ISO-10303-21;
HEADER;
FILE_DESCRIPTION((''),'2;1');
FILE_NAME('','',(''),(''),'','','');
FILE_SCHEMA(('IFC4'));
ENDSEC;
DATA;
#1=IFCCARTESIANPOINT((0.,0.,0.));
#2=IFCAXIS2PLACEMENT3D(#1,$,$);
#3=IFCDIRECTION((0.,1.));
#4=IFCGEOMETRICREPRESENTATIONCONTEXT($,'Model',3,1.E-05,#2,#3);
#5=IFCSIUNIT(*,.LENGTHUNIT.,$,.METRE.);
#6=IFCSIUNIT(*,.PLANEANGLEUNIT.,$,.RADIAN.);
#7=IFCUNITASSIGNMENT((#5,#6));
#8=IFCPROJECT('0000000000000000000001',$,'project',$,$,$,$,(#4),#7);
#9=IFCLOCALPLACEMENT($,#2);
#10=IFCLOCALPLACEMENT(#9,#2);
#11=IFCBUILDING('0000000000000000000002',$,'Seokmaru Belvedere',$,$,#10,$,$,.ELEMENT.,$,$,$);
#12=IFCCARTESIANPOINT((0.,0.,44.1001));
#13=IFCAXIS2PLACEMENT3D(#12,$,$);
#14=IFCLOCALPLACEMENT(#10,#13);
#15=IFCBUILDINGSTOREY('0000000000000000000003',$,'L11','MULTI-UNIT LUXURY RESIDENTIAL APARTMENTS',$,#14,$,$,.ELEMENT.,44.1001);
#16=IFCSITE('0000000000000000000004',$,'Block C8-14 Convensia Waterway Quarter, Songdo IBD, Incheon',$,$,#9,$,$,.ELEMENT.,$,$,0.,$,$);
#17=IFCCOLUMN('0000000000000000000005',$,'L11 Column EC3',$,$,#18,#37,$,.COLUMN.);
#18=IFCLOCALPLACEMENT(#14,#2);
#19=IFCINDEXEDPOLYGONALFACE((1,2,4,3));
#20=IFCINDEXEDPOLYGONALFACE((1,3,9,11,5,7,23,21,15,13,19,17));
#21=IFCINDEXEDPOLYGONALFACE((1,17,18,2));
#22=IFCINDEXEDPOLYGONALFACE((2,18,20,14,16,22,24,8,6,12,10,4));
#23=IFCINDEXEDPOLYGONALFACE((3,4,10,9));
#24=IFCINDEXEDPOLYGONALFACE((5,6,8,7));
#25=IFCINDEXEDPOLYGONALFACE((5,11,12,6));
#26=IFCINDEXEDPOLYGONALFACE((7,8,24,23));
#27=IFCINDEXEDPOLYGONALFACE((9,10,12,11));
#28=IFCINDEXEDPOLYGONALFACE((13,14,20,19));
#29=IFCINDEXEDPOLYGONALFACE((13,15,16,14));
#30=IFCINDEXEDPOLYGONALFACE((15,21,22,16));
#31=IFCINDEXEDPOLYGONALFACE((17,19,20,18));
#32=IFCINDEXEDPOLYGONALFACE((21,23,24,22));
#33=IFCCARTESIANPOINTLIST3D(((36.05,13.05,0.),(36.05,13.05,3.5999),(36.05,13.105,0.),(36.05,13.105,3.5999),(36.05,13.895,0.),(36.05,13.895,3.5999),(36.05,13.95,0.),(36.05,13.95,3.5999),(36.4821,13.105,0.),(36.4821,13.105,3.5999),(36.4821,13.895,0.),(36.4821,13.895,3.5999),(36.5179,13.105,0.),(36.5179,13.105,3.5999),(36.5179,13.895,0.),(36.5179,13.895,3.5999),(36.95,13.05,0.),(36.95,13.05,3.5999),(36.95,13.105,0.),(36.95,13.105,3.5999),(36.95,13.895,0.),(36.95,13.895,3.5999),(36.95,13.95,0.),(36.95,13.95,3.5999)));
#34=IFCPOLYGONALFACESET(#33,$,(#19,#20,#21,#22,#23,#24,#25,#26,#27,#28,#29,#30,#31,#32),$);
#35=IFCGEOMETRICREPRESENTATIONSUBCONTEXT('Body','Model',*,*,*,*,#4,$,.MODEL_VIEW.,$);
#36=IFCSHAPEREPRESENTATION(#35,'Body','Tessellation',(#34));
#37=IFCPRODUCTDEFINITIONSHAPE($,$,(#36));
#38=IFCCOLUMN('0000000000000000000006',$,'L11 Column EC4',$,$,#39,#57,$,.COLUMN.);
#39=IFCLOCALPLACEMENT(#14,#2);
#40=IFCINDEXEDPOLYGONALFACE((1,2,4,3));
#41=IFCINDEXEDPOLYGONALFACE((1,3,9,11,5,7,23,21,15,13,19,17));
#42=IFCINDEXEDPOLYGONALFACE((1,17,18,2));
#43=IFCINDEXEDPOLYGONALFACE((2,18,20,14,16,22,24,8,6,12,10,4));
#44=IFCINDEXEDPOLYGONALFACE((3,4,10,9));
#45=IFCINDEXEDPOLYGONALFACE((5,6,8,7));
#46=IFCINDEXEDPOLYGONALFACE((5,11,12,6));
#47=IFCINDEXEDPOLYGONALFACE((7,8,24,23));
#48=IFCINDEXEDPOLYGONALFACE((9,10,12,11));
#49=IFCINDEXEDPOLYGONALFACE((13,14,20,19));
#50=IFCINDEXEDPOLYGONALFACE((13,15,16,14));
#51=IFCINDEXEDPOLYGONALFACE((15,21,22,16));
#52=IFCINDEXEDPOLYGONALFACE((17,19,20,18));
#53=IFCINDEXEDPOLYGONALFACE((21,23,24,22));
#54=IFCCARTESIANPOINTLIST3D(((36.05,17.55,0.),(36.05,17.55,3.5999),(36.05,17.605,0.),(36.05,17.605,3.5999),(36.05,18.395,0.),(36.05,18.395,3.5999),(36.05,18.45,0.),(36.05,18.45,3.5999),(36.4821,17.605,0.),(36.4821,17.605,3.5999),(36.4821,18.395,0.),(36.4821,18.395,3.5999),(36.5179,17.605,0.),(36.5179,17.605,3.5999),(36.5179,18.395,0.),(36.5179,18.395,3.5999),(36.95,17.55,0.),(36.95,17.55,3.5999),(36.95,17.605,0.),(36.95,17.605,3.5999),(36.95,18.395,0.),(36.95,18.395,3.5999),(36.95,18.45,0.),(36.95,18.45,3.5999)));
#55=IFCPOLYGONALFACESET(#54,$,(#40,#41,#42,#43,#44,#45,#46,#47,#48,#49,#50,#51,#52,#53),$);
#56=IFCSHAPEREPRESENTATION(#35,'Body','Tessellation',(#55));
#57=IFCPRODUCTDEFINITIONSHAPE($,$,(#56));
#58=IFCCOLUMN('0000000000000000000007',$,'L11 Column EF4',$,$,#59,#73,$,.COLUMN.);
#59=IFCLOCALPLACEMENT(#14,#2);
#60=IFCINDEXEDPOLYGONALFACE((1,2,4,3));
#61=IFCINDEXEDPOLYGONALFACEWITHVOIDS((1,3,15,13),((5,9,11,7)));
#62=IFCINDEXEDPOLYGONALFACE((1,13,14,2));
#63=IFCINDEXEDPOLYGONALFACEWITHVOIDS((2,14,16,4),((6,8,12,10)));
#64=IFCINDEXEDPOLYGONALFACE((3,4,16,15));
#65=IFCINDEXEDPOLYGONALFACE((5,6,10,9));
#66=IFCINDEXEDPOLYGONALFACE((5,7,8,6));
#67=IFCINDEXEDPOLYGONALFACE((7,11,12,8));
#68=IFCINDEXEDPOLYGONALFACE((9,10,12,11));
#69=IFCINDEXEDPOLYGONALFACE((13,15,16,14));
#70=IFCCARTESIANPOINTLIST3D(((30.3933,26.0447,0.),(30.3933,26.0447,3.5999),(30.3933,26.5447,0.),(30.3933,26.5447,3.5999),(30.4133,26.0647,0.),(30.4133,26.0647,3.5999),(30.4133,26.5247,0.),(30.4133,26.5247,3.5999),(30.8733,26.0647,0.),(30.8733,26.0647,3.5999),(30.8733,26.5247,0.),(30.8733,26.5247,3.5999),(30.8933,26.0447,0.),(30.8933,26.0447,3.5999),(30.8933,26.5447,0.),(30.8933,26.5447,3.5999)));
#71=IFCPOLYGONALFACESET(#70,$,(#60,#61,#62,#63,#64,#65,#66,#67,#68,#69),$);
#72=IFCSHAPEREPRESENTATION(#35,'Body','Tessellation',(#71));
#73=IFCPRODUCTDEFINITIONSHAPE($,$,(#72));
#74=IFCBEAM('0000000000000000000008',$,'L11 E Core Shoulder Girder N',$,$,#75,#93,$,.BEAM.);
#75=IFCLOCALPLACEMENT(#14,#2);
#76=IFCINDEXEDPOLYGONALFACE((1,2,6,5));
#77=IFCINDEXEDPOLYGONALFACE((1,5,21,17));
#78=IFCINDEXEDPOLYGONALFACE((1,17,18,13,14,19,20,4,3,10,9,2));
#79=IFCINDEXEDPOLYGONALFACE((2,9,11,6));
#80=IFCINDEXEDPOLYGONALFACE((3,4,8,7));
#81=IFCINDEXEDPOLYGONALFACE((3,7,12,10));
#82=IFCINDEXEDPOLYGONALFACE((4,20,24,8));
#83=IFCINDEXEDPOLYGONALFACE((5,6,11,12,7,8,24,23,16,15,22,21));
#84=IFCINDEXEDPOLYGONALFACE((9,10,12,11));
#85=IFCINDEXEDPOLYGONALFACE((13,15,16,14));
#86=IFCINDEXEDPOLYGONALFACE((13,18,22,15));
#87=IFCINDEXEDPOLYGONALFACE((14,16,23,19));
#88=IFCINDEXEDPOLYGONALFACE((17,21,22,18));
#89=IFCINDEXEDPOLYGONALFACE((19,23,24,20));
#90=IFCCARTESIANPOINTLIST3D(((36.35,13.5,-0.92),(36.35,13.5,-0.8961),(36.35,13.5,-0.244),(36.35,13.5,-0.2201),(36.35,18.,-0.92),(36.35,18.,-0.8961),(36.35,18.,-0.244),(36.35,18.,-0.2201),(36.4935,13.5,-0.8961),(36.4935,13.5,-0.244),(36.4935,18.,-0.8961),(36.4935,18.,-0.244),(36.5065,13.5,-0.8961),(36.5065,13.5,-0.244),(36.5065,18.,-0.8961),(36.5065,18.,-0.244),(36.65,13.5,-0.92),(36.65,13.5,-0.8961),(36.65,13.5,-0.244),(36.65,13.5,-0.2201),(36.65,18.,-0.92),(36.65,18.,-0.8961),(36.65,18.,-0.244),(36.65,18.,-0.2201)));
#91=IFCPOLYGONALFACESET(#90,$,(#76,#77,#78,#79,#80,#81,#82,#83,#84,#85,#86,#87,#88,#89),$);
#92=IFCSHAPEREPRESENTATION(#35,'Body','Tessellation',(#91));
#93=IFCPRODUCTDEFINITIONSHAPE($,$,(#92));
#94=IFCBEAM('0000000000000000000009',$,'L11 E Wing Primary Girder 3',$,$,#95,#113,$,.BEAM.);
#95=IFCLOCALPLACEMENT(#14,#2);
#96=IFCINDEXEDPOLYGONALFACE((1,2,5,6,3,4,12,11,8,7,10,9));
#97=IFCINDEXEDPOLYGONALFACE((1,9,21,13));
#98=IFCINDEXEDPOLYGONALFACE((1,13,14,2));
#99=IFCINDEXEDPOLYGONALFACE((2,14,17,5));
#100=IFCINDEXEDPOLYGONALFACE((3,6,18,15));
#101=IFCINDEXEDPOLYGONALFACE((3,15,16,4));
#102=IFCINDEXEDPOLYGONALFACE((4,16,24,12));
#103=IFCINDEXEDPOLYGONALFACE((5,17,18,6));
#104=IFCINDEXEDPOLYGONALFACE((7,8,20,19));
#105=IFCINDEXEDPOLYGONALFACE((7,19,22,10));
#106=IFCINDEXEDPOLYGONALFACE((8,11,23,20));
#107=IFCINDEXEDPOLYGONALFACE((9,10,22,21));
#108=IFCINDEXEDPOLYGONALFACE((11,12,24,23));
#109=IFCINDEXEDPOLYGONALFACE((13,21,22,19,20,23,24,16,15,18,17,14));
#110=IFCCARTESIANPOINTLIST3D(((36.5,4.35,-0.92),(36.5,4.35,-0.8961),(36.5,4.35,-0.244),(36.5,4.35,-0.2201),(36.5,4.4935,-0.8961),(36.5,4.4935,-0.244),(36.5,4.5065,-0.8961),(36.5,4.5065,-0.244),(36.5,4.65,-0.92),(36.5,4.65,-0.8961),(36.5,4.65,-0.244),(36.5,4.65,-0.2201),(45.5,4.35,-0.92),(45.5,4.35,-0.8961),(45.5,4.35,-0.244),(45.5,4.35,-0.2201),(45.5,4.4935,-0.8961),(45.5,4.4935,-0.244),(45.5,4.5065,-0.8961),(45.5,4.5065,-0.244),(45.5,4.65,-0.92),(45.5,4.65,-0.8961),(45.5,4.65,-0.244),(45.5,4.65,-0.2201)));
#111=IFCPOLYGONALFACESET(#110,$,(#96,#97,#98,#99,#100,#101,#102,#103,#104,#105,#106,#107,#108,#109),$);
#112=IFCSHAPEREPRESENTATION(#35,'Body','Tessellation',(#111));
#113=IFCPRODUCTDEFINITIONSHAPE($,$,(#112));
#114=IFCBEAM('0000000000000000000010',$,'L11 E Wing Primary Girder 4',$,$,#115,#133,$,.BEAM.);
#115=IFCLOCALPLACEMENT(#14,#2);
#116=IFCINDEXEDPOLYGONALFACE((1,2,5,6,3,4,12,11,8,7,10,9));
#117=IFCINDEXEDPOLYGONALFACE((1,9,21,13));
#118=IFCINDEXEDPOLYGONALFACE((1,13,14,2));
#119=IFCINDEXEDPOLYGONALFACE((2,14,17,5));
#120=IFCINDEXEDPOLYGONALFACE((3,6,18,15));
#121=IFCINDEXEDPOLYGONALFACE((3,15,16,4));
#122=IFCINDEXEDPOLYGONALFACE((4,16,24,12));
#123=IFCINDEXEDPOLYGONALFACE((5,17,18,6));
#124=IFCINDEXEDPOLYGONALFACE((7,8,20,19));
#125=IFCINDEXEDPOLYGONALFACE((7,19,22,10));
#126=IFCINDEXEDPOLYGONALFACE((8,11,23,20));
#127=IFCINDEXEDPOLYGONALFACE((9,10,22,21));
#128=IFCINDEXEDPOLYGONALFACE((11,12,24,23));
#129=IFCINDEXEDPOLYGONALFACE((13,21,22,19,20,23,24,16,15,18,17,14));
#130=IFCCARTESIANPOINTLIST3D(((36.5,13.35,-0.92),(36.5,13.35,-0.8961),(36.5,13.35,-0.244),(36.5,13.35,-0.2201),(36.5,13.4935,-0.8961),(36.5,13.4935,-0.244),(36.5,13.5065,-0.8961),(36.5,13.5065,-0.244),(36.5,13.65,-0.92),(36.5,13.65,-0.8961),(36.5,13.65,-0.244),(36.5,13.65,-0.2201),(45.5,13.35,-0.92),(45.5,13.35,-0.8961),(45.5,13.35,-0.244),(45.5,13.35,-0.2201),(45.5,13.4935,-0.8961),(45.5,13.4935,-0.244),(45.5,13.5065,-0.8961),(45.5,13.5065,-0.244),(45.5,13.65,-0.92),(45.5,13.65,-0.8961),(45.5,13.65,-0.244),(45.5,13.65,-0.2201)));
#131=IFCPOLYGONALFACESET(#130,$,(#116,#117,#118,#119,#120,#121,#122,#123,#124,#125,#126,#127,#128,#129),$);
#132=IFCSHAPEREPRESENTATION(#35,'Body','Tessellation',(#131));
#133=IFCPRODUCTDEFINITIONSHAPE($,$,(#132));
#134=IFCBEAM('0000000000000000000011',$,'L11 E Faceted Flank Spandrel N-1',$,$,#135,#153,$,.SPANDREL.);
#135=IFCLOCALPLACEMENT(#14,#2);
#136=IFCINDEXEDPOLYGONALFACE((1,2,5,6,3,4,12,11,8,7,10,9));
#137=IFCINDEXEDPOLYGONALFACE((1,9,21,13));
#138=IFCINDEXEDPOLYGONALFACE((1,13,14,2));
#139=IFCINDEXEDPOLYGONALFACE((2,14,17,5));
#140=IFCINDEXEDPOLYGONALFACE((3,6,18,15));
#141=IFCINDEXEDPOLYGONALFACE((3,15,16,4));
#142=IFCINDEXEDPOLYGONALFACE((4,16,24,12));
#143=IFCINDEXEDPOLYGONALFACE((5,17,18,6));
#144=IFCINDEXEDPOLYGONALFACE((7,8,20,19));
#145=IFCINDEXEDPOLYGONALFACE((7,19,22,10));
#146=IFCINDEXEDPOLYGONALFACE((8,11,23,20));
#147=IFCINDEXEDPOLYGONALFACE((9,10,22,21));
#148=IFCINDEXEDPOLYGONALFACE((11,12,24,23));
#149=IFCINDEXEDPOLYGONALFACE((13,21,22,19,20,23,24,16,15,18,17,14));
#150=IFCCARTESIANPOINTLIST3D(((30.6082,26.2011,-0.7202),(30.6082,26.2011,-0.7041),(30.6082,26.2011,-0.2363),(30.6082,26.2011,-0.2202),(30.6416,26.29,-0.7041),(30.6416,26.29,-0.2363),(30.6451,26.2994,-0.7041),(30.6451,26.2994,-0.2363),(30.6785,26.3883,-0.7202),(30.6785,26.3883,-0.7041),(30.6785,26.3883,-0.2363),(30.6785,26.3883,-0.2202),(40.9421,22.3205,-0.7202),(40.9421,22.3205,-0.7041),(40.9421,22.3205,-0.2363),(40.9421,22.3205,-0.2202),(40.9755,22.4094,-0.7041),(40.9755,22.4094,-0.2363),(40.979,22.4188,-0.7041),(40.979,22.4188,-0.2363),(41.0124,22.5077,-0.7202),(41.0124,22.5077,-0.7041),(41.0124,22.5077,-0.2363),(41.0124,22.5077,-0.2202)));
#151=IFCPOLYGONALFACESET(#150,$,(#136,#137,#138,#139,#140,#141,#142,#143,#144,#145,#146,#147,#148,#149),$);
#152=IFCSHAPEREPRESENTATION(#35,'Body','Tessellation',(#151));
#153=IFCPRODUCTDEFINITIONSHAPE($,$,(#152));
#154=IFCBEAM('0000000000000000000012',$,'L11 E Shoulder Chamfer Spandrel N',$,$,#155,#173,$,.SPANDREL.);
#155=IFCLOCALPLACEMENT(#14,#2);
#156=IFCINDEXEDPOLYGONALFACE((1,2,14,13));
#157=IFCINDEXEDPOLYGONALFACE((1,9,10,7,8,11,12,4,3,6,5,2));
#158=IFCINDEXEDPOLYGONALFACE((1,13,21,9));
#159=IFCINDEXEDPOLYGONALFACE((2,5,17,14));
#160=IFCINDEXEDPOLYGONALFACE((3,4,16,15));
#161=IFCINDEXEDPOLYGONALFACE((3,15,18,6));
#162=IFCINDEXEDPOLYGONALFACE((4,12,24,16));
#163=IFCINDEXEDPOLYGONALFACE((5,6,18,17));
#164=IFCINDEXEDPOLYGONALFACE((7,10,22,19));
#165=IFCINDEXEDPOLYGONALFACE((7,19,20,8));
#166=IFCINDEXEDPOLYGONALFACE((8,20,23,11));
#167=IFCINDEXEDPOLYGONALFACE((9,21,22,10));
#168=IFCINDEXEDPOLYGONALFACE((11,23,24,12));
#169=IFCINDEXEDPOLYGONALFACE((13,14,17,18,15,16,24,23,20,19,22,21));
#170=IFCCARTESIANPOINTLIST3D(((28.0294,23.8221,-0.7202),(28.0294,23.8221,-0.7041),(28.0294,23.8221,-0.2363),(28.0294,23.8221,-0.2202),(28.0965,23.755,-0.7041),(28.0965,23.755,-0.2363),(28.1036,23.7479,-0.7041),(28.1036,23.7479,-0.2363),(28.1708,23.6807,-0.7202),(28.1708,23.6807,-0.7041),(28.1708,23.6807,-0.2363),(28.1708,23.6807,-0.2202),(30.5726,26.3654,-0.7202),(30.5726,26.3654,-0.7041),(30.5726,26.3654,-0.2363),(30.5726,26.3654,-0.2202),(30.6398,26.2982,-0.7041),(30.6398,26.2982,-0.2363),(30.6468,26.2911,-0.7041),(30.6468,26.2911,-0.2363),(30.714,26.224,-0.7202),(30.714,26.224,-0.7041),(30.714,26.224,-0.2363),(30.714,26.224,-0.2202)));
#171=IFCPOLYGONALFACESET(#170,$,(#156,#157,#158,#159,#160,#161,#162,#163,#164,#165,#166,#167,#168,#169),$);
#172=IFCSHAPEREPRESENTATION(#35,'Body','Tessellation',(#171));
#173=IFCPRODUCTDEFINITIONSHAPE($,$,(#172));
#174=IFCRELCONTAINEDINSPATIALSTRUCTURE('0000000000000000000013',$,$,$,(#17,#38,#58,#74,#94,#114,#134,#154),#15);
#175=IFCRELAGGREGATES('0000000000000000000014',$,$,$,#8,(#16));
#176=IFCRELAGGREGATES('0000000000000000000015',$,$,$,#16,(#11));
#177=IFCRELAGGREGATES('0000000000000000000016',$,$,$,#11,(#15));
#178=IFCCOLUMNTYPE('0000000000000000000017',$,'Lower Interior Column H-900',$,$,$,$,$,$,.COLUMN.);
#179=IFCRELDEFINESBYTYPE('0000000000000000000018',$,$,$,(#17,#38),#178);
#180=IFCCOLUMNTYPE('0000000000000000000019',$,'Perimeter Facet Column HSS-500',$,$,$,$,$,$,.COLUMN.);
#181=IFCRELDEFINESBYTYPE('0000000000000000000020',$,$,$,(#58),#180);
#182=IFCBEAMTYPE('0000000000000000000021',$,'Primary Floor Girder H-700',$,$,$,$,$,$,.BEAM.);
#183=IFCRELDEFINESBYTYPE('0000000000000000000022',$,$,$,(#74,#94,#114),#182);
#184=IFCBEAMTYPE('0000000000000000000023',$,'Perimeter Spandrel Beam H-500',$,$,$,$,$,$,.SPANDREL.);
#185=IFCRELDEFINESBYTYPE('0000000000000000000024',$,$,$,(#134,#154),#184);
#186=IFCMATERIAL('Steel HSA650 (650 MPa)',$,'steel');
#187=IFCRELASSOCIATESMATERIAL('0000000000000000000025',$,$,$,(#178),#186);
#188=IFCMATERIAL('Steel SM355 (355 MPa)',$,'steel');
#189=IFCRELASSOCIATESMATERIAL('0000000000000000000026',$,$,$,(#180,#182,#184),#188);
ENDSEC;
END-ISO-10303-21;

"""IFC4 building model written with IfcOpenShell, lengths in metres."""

from ifc_helpers import new_model, si_unit, direction, frame, origin, origin_2d, place, context, subcontext, project, spatial, hollow_rectangle, i_section, extrude, source, transform, mapped, material, material_profile, profile_set, type_object, type_shapes, element, save


model = new_model("IFC4")

# Units and contexts
model_context = context("Model", 3, precision=1e-05, world=origin(), true_north=direction((0.0, 1.0)))
body_context = subcontext(model_context, "Body", "Model", "MODEL_VIEW")
ifc_project = project(units=[si_unit("LENGTHUNIT", "METRE"), si_unit("PLANEANGLEUNIT", "RADIAN")], contexts=[model_context])

# Site, building, storey
site_placement = place(None, origin())
site = spatial("IfcSite", under=ifc_project, at=site_placement, Name="Block C8-14 Convensia Waterway Quarter, Songdo IBD, Incheon", CompositionType="ELEMENT", RefElevation=0.0)
building_placement = place(site_placement, origin())
building = spatial("IfcBuilding", under=site, at=building_placement, Name="Seokmaru Belvedere", CompositionType="ELEMENT")
storey_placement = place(building_placement, frame((0.0, 0.0, 44.1001)))
storey = spatial("IfcBuildingStorey", under=building, at=storey_placement, Name="L11", Description="MULTI-UNIT LUXURY RESIDENTIAL APARTMENTS", CompositionType="ELEMENT", Elevation=44.1001)

# Columns
ifc_material_1 = material(Name="Steel HSA650 (650 MPa)", Category="steel")
ifc_material_profile_1 = material_profile(ifc_material_1, i_section(OverallWidth=0.8999, OverallDepth=0.8999, WebThickness=0.0359, FlangeThickness=0.0549, at=origin_2d()), Name="H-900x900x36x55")
ifc_profile_set_1 = profile_set([ifc_material_profile_1], Name="Steel HSA650 (650 MPa)")
column_type_1 = type_object("IfcColumnType", Name="Lower Interior Column H-900", PredefinedType="COLUMN", material=ifc_profile_set_1)
shared_shape_1 = source(origin(), body_context, "Body", "SweptSolid", [
    extrude(i_section(OverallWidth=0.8999, OverallDepth=0.8999, WebThickness=0.0359, FlangeThickness=0.0549, at=origin_2d()), origin(), (0.0, 0.0, 1.0), 3.5999),
])
type_shapes(column_type_1, [shared_shape_1])
for number, where, z_axis, x_axis, name in (
    (1, (36.5, 13.5, 0.0), (0.0, 0.0, 1.0), (1.0, 0.0, 0.0), "L11 Column EC3"),
    (2, (36.5, 18.0, 0.0), (0.0, 0.0, 1.0), (1.0, 0.0, 0.0), "L11 Column EC4"),
):
    element("IfcColumn", number, at=place(storey_placement, frame(where, z_axis=z_axis, x_axis=x_axis)), inside=storey, type_object=column_type_1, Name=name, PredefinedType="COLUMN", context=body_context, shape_type="MappedRepresentation", body=[
        mapped(shared_shape_1, transform((0.0, 0.0, 0.0), scale=1.0)),
    ])
ifc_material_2 = material(Name="Steel SM355 (355 MPa)", Category="steel")
ifc_material_profile_2 = material_profile(ifc_material_2, hollow_rectangle(XDim=0.5, YDim=0.5, WallThickness=0.02, at=origin_2d()), Name="HSS-500x500x20")
ifc_profile_set_2 = profile_set([ifc_material_profile_2], Name="Steel SM355 (355 MPa)")
column_type_2 = type_object("IfcColumnType", Name="Perimeter Facet Column HSS-500", PredefinedType="COLUMN", material=ifc_profile_set_2)
shared_shape_2 = source(origin(), body_context, "Body", "SweptSolid", [
    extrude(hollow_rectangle(XDim=0.5, YDim=0.5, WallThickness=0.02, at=origin_2d()), origin(), (0.0, 0.0, 1.0), 3.5999),
])
type_shapes(column_type_2, [shared_shape_2])
column_placement = place(storey_placement, frame((30.6433, 26.2947, 0.0), z_axis=(0.0, 0.0, 1.0), x_axis=(1.0, 0.0, 0.0)))
element("IfcColumn", 3, at=column_placement, inside=storey, type_object=column_type_2, Name="L11 Column EF4", PredefinedType="COLUMN", context=body_context, shape_type="MappedRepresentation", body=[
    mapped(shared_shape_2, transform((0.0, 0.0, 0.0), scale=1.0)),
])

# Beams
ifc_material_profile_3 = material_profile(ifc_material_2, i_section(OverallWidth=0.3, OverallDepth=0.7, WebThickness=0.0129, FlangeThickness=0.0239, at=origin_2d()), Name="H-700x300x13x24")
ifc_profile_set_3 = profile_set([ifc_material_profile_3], Name="Steel SM355 (355 MPa)")
beam_type_1 = type_object("IfcBeamType", Name="Primary Floor Girder H-700", PredefinedType="BEAM", material=ifc_profile_set_3)
shared_shape_3 = source(origin(), body_context, "Body", "SweptSolid", [
    extrude(i_section(OverallWidth=0.3, OverallDepth=0.7, WebThickness=0.0129, FlangeThickness=0.0239, at=origin_2d()), origin(), (0.0, 0.0, 1.0), 4.5),
])
beam_1_placement = place(storey_placement, frame((36.5, 13.5, -0.5701), z_axis=(0.0, 1.0, 0.0), x_axis=(-1.0, 0.0, 0.0)))
element("IfcBeam", 4, at=beam_1_placement, inside=storey, type_object=beam_type_1, Name="L11 E Core Shoulder Girder N", PredefinedType="BEAM", context=body_context, shape_type="MappedRepresentation", body=[
    mapped(shared_shape_3, transform((0.0, 0.0, 0.0), scale=1.0)),
])
shared_shape_4 = source(origin(), body_context, "Body", "SweptSolid", [
    extrude(i_section(OverallWidth=0.3, OverallDepth=0.7, WebThickness=0.0129, FlangeThickness=0.0239, at=origin_2d()), origin(), (0.0, 0.0, 1.0), 9.0),
])
type_shapes(beam_type_1, [shared_shape_3, shared_shape_4])
for number, where, z_axis, x_axis, name in (
    (5, (36.5, 4.5, -0.5701), (1.0, 0.0, 0.0), (0.0, 1.0, 0.0), "L11 E Wing Primary Girder 3"),
    (6, (36.5, 13.5, -0.5701), (1.0, 0.0, 0.0), (0.0, 1.0, 0.0), "L11 E Wing Primary Girder 4"),
):
    element("IfcBeam", number, at=place(storey_placement, frame(where, z_axis=z_axis, x_axis=x_axis)), inside=storey, type_object=beam_type_1, Name=name, PredefinedType="BEAM", context=body_context, shape_type="MappedRepresentation", body=[
        mapped(shared_shape_4, transform((0.0, 0.0, 0.0), scale=1.0)),
    ])
ifc_material_profile_4 = material_profile(ifc_material_2, i_section(OverallWidth=0.2, OverallDepth=0.5, WebThickness=0.01, FlangeThickness=0.0161, at=origin_2d()), Name="H-500x200x10x16")
ifc_profile_set_4 = profile_set([ifc_material_profile_4], Name="Steel SM355 (355 MPa)")
beam_type_2 = type_object("IfcBeamType", Name="Perimeter Spandrel Beam H-500", PredefinedType="SPANDREL", material=ifc_profile_set_4)
shared_shape_5 = source(origin(), body_context, "Body", "SweptSolid", [
    extrude(i_section(OverallWidth=0.2, OverallDepth=0.5, WebThickness=0.01, FlangeThickness=0.0161, at=origin_2d()), origin(), (0.0, 0.0, 1.0), 11.0386),
])
beam_2_placement = place(storey_placement, frame((30.6433, 26.2947, -0.4702), z_axis=(0.936169, -0.35155, 0.0), x_axis=(0.35155, 0.936169, 0.0)))
element("IfcBeam", 7, at=beam_2_placement, inside=storey, type_object=beam_type_2, Name="L11 E Faceted Flank Spandrel N-1", PredefinedType="SPANDREL", context=body_context, shape_type="MappedRepresentation", body=[
    mapped(shared_shape_5, transform((0.0, 0.0, 0.0), scale=1.0)),
])
shared_shape_6 = source(origin(), body_context, "Body", "SweptSolid", [
    extrude(i_section(OverallWidth=0.2, OverallDepth=0.5, WebThickness=0.01, FlangeThickness=0.0161, at=origin_2d()), origin(), (0.0, 0.0, 1.0), 3.5967),
])
type_shapes(beam_type_2, [shared_shape_5, shared_shape_6])
beam_3_placement = place(storey_placement, frame((30.6433, 26.2947, -0.4702), z_axis=(-0.707107, -0.707107, 0.0), x_axis=(0.707107, -0.707107, 0.0)))
element("IfcBeam", 8, at=beam_3_placement, inside=storey, type_object=beam_type_2, Name="L11 E Shoulder Chamfer Spandrel N", PredefinedType="SPANDREL", context=body_context, shape_type="MappedRepresentation", body=[
    mapped(shared_shape_6, transform((0.0, 0.0, 0.0), scale=1.0)),
])

save(model, "model.ifc")
